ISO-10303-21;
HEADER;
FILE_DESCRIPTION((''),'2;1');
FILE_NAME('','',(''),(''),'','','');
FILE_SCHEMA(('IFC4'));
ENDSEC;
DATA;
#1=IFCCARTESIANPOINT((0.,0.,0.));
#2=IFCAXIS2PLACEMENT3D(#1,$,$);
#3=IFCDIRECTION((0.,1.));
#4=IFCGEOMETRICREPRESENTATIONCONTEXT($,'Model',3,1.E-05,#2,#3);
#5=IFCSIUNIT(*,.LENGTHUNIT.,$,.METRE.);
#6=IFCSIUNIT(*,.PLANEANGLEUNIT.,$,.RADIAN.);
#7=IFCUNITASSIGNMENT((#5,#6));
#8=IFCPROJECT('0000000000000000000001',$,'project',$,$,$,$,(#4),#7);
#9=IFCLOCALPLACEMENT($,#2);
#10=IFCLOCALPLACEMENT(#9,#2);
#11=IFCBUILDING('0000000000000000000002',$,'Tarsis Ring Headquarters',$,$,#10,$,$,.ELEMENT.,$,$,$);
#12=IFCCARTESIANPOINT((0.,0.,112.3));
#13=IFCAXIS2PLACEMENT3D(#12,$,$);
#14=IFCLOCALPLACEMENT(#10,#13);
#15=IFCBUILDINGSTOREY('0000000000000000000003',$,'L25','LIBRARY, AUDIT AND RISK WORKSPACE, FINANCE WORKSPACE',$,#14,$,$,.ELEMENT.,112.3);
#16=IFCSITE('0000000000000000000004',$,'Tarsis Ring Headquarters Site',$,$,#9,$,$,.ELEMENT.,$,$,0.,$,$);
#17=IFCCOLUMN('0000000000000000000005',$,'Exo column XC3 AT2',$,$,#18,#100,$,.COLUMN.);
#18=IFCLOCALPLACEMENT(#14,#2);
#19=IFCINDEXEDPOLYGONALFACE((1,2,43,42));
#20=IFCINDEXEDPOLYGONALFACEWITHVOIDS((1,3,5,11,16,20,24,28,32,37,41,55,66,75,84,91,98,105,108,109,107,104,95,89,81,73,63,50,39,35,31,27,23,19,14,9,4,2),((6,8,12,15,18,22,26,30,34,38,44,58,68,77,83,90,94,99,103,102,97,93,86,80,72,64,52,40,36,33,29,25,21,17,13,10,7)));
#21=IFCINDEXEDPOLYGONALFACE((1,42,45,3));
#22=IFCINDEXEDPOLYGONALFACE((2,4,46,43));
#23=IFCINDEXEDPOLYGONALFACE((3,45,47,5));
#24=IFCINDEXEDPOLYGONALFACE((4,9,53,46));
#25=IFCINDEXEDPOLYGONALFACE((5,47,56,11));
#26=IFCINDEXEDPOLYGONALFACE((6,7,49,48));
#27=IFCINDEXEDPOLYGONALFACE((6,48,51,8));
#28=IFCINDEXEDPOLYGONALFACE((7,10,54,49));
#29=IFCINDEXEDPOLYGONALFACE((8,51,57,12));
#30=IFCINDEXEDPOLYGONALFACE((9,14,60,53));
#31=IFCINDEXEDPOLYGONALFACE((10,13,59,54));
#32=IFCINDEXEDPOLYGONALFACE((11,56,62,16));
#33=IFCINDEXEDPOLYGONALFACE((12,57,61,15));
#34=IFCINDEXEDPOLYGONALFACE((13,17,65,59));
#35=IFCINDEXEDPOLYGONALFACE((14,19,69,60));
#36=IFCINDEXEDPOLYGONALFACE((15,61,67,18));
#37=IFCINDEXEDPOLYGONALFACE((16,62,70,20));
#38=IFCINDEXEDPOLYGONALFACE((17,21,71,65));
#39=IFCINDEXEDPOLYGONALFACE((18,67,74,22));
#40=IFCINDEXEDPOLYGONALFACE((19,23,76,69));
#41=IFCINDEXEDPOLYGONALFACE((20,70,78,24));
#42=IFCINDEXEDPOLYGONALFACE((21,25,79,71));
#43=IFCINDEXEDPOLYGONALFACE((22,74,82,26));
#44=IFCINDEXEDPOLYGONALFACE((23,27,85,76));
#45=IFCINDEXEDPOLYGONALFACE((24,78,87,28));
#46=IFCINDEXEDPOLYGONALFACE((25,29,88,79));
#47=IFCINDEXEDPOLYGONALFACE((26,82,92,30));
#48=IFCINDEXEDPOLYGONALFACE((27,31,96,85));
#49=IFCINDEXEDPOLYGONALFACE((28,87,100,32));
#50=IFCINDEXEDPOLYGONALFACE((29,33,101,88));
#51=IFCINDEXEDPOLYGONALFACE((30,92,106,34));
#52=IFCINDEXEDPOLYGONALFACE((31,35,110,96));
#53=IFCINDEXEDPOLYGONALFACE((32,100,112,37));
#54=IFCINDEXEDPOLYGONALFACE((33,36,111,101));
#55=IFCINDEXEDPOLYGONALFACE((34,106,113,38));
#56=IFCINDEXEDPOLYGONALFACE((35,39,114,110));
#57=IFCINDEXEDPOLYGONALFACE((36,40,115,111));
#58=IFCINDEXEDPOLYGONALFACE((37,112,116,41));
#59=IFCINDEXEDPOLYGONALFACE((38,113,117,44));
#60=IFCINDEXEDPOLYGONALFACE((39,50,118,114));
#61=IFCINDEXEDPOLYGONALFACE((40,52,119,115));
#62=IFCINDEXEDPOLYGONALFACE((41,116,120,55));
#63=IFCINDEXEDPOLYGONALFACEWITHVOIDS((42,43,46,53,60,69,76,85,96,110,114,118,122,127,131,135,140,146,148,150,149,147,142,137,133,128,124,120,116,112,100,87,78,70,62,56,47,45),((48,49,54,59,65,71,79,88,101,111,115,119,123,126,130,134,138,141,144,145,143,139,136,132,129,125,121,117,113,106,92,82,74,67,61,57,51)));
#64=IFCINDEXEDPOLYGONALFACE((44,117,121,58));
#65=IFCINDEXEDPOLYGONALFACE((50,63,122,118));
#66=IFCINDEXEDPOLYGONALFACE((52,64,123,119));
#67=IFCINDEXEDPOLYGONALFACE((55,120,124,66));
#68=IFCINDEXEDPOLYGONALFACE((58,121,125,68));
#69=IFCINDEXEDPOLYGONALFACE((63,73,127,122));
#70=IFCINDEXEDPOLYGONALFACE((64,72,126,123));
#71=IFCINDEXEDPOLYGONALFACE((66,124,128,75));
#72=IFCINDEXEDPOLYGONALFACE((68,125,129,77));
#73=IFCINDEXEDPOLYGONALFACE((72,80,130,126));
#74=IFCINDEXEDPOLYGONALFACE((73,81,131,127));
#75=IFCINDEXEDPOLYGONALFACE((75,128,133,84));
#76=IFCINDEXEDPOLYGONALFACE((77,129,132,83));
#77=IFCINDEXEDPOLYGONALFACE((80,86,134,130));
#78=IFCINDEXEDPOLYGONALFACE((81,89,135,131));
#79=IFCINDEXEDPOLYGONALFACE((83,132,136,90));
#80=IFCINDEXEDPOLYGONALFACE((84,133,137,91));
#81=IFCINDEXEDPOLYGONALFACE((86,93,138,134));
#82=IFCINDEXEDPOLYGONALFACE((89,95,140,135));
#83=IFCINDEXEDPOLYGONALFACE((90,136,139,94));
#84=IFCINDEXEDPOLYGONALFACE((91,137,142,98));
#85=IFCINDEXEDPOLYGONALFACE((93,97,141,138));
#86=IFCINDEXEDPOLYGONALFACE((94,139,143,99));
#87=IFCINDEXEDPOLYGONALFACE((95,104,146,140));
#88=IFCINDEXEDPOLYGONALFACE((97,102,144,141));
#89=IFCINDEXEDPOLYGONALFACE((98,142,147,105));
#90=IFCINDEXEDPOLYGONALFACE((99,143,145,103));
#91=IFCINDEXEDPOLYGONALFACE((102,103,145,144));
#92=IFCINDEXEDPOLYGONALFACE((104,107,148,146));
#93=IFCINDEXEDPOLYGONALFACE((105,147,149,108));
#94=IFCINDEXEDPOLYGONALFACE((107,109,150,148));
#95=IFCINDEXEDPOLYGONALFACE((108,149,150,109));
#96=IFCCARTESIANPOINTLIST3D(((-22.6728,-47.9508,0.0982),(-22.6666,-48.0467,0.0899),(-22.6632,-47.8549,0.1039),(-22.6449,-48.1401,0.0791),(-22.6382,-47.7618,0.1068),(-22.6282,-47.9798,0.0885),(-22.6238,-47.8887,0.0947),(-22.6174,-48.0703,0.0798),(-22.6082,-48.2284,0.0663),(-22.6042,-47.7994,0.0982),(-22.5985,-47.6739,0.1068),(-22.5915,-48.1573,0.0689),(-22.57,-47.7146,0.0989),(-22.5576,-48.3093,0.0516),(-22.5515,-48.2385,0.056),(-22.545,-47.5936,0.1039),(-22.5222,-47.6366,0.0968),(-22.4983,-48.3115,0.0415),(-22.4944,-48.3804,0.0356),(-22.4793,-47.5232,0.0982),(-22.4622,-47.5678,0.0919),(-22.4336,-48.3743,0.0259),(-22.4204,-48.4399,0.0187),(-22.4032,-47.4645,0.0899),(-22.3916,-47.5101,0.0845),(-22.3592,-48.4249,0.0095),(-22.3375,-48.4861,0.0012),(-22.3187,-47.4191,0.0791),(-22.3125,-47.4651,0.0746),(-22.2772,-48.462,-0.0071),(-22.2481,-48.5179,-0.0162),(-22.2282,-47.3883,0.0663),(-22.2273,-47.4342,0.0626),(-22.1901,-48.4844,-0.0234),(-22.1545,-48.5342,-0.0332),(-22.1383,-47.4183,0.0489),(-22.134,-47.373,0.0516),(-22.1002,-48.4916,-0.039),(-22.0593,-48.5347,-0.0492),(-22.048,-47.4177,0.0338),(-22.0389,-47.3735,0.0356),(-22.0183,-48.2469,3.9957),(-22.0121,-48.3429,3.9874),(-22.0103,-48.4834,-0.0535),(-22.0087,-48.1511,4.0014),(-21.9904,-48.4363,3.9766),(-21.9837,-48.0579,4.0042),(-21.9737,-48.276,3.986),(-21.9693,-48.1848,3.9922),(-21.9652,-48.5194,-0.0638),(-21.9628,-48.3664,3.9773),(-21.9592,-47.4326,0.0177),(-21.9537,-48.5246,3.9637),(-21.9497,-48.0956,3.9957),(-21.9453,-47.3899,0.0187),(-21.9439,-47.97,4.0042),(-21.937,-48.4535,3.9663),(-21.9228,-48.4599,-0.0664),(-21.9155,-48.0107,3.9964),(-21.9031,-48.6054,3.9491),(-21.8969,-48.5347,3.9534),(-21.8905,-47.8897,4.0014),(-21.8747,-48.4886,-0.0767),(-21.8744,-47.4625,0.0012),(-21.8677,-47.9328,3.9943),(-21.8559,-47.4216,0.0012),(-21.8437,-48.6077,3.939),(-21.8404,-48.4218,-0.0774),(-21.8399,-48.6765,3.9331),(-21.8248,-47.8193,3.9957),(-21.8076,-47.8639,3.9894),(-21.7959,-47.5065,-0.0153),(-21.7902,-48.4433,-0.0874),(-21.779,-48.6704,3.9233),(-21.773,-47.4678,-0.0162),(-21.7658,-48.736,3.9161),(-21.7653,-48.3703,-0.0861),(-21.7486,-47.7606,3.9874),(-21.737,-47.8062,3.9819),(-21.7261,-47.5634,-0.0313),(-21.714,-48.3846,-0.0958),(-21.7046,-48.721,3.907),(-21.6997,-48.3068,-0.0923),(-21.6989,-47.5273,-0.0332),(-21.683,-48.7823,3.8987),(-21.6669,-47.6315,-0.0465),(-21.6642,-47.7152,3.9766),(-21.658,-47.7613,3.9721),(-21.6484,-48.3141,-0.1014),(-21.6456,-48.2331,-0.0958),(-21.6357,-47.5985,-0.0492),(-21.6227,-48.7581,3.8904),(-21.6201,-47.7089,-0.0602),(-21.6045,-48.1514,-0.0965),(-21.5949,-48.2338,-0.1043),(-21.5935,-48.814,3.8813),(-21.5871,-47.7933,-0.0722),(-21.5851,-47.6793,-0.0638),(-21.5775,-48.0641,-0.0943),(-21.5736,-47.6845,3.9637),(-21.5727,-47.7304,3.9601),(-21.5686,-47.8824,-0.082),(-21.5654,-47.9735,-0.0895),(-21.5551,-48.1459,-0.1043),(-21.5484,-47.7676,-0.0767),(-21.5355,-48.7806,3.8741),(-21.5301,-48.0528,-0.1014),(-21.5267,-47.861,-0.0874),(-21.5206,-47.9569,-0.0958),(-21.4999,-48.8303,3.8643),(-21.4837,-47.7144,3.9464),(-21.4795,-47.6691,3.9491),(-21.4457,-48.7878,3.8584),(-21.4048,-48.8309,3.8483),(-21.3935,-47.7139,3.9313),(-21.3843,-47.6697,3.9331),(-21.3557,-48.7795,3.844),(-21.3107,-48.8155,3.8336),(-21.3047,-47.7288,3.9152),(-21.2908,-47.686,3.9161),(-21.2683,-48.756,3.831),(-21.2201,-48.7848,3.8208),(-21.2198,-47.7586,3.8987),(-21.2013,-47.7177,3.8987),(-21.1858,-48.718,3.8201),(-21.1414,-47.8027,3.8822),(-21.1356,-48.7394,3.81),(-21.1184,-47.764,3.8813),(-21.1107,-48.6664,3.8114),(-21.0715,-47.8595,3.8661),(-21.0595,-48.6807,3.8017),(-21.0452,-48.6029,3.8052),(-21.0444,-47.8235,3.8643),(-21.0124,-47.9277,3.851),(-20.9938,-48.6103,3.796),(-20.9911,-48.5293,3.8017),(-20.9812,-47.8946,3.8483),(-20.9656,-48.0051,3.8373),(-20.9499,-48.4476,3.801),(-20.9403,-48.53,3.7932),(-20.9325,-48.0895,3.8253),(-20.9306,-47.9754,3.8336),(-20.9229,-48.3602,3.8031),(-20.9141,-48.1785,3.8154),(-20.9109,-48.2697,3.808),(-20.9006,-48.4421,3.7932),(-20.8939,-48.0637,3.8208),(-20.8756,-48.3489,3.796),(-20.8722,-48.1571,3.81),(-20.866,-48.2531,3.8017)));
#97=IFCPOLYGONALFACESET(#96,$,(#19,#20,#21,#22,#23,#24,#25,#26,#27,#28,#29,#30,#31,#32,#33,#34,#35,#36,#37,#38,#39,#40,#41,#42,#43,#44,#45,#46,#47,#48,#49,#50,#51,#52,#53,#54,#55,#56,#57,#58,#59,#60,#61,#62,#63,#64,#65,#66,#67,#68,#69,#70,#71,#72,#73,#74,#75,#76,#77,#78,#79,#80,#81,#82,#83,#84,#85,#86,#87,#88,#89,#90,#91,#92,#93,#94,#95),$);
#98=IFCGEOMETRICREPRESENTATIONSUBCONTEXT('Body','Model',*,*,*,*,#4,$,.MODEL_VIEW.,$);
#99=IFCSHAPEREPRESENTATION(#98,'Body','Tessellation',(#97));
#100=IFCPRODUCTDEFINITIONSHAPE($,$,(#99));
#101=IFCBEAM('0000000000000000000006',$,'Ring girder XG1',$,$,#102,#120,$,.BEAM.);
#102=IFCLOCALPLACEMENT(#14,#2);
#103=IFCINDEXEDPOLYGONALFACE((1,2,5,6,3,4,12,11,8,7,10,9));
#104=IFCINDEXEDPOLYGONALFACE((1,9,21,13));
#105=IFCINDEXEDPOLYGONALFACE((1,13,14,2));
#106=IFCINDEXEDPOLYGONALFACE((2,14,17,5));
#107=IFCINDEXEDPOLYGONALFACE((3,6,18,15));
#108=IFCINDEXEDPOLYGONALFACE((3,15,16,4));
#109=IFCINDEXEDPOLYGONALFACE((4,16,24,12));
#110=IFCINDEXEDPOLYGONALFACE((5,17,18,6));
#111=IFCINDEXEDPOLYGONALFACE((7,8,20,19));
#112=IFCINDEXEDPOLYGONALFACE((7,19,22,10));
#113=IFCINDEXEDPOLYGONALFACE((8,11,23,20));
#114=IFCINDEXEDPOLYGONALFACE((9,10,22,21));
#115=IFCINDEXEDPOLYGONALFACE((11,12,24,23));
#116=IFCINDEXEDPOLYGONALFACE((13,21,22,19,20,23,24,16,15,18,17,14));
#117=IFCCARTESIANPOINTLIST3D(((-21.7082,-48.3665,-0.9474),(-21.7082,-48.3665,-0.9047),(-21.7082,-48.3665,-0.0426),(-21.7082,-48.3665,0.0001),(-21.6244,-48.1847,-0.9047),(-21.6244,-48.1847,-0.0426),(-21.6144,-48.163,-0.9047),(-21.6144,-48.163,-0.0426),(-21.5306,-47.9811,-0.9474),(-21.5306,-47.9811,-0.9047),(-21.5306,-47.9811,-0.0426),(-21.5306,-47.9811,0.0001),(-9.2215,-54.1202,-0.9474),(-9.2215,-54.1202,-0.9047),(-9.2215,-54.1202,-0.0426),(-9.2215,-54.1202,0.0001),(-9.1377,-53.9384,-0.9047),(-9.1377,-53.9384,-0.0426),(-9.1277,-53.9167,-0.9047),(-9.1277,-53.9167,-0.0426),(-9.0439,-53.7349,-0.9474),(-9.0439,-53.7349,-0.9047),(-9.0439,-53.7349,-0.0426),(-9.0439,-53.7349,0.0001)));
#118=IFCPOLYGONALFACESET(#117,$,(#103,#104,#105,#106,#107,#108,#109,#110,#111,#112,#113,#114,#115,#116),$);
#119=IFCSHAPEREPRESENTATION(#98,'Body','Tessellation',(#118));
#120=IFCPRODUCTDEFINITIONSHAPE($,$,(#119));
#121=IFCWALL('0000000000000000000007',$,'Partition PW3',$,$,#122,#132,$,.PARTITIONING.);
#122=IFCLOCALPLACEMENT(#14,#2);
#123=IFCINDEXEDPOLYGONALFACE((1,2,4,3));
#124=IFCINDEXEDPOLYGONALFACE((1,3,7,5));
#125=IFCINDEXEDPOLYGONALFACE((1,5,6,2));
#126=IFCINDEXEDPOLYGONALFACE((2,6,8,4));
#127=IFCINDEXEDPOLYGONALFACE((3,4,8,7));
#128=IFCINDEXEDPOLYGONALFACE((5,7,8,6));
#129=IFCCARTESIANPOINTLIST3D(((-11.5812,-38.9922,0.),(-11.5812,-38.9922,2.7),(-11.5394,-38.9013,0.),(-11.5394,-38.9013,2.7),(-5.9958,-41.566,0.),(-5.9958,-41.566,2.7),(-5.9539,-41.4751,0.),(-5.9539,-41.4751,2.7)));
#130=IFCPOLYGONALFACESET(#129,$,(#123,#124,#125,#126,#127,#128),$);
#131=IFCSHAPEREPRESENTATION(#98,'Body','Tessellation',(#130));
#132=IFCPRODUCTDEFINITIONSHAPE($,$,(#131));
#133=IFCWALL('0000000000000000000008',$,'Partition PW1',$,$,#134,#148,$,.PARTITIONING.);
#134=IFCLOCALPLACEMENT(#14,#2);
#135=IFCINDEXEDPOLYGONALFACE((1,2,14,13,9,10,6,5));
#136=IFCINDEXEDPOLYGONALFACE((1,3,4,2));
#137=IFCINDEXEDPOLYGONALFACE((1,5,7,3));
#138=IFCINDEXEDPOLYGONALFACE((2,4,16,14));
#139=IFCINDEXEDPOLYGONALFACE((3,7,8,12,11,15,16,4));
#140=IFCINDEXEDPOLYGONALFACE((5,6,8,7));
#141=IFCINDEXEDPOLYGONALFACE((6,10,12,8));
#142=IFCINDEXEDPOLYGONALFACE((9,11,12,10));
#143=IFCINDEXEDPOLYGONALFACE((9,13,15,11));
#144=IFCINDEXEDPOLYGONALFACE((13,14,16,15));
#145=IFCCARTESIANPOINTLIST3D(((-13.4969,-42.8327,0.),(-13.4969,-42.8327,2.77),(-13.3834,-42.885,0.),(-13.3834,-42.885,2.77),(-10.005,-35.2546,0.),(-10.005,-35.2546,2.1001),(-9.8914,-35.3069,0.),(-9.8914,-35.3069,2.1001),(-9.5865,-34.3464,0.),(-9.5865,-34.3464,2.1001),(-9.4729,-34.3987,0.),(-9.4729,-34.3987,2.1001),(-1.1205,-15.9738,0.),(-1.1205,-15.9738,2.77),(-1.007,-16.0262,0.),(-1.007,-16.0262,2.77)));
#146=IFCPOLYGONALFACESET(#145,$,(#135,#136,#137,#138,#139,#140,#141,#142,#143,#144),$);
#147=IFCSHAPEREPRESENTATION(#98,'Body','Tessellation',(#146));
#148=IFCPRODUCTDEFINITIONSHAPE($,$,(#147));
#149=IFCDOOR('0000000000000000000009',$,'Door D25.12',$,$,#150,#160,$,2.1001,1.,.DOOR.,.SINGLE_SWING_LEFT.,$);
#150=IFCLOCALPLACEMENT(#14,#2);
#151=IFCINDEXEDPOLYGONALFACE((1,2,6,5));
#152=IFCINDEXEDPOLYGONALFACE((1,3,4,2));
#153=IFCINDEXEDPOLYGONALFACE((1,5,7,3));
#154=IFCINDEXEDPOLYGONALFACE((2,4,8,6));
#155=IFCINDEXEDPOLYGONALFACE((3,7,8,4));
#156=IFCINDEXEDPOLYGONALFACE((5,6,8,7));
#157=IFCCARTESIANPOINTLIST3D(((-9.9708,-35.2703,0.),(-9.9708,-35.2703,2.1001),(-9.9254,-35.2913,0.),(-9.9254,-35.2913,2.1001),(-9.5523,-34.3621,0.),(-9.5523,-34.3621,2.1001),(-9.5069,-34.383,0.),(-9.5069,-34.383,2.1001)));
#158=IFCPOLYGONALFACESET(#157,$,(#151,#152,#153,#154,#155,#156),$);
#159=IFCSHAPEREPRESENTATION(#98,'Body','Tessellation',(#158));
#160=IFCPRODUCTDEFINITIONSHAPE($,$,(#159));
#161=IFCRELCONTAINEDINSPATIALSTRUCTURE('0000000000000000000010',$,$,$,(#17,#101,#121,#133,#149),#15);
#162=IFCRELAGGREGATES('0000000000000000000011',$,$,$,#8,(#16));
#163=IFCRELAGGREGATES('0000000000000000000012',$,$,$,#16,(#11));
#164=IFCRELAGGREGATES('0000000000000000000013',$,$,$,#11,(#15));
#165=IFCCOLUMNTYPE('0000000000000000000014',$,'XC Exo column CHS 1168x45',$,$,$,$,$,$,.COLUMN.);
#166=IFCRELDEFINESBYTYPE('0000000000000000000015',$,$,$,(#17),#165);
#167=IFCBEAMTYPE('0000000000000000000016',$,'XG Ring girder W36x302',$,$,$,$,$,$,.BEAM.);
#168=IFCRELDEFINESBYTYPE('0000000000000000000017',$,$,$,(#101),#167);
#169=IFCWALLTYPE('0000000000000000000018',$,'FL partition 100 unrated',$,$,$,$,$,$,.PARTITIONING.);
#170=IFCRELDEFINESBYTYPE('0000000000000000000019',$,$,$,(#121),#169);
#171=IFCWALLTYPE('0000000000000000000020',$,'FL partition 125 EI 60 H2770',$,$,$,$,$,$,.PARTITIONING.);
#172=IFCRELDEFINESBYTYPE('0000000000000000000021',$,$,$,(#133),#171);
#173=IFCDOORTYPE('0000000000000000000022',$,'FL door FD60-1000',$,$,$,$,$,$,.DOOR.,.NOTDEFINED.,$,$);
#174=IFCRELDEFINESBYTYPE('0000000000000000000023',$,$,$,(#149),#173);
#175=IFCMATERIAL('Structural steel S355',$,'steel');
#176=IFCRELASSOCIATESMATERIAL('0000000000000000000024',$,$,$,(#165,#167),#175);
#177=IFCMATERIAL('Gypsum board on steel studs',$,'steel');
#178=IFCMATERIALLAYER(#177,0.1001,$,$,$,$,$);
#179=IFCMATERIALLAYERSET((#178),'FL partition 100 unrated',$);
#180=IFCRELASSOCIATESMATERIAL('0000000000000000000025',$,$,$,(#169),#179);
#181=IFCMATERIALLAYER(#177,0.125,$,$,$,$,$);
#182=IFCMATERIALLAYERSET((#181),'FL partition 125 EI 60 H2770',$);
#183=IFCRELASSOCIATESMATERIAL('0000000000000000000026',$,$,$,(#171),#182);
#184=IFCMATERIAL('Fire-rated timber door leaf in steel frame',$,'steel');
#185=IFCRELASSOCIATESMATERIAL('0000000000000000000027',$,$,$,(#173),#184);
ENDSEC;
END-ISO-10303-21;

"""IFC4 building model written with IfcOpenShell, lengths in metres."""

from ifc_helpers import new_model, si_unit, direction, frame, frame_2d, origin, origin_2d, place, context, subcontext, project, spatial, rectangle, hollow_circle, i_section, extrude, material, layer, layer_set, material_profile, profile_set, type_object, element, fill, save


model = new_model("IFC4")

# Units and contexts
model_context = context("Model", 3, precision=1e-05, world=origin(), true_north=direction((0.0, 1.0)))
body_context = subcontext(model_context, "Body", "Model", "MODEL_VIEW")
ifc_project = project(units=[si_unit("LENGTHUNIT", "METRE"), si_unit("PLANEANGLEUNIT", "RADIAN")], contexts=[model_context])

# Site, building, storey
site_placement = place(None, origin())
site = spatial("IfcSite", under=ifc_project, at=site_placement, Name="Tarsis Ring Headquarters Site", CompositionType="ELEMENT", RefElevation=0.0)
building_placement = place(site_placement, origin())
building = spatial("IfcBuilding", under=site, at=building_placement, Name="Tarsis Ring Headquarters", CompositionType="ELEMENT")
storey_placement = place(building_placement, frame((0.0, 0.0, 112.3)))
storey = spatial("IfcBuildingStorey", under=building, at=storey_placement, Name="L25", Description="LIBRARY, AUDIT AND RISK WORKSPACE, FINANCE WORKSPACE", CompositionType="ELEMENT", Elevation=112.3)

# Column
ifc_material_1 = material(Name="Structural steel S355", Category="steel")
ifc_material_profile_1 = material_profile(ifc_material_1, hollow_circle(Radius=0.5842, WallThickness=0.0449, at=origin_2d()), Name="CHS 1168x45")
ifc_profile_set_1 = profile_set([ifc_material_profile_1], Name="Structural steel S355")
column_type = type_object("IfcColumnType", Name="XC Exo column CHS 1168x45", PredefinedType="COLUMN", material=ifc_profile_set_1)
column_placement = place(storey_placement, frame((-22.0967, -47.9539, 0.0012), z_axis=(0.165158, -0.074725, 0.983432), x_axis=(0.412215, 0.911087, 0.0)))
element("IfcColumn", 1, at=column_placement, inside=storey, type_object=column_type, Name="Exo column XC3 AT2", PredefinedType="COLUMN", context=body_context, shape_type="SweptSolid", body=[
    extrude(hollow_circle(Radius=0.5842, WallThickness=0.0449, at=origin_2d()), origin(), (0.0, 0.0, 1.0), 3.9631),
])

# Beam
ifc_material_profile_2 = material_profile(ifc_material_1, i_section(OverallWidth=0.4243, OverallDepth=0.9475, WebThickness=0.0239, FlangeThickness=0.0427, at=origin_2d()), Name="W36x302")
ifc_profile_set_2 = profile_set([ifc_material_profile_2], Name="Structural steel S355")
beam_type = type_object("IfcBeamType", Name="XG Ring girder W36x302", PredefinedType="BEAM", material=ifc_profile_set_2)
beam_placement = place(storey_placement, frame((-21.6194, -48.1738, -0.4736), z_axis=(0.908219, -0.418496, 0.0), x_axis=(0.418496, 0.908219, 0.0)))
element("IfcBeam", 2, at=beam_placement, inside=storey, type_object=beam_type, Name="Ring girder XG1", PredefinedType="BEAM", context=body_context, shape_type="SweptSolid", body=[
    extrude(i_section(OverallWidth=0.4243, OverallDepth=0.9475, WebThickness=0.0239, FlangeThickness=0.0427, at=origin_2d()), origin(), (0.0, 0.0, 1.0), 13.7485),
])

# Wall
ifc_material_2 = material(Name="Gypsum board on steel studs", Category="steel")
ifc_layer_1 = layer(ifc_material_2, 0.1001)
ifc_layer_set_1 = layer_set([ifc_layer_1], Name="FL partition 100 unrated")
wall_type_1 = type_object("IfcWallType", Name="FL partition 100 unrated", PredefinedType="PARTITIONING", material=ifc_layer_set_1)
wall_1_placement = place(storey_placement, frame((-11.5603, -38.9468, 0.0), z_axis=(0.0, 0.0, 1.0), x_axis=(0.908217, -0.418499, 0.0)))
element("IfcWall", 3, at=wall_1_placement, inside=storey, type_object=wall_type_1, Name="Partition PW3", PredefinedType="PARTITIONING", context=body_context, shape_type="SweptSolid", body=[
    extrude(rectangle(XDim=6.1499, YDim=0.1001, at=frame_2d((3.075, 0.0))), origin(), (0.0, 0.0, 1.0), 2.7),
])

# Wall, opening, door
ifc_layer_2 = layer(ifc_material_2, 0.125)
ifc_layer_set_2 = layer_set([ifc_layer_2], Name="FL partition 125 EI 60 H2770")
wall_type_2 = type_object("IfcWallType", Name="FL partition 125 EI 60 H2770", PredefinedType="PARTITIONING", material=ifc_layer_set_2)
wall_2_placement = place(storey_placement, frame((-13.4402, -42.8589, 0.0), z_axis=(0.0, 0.0, 1.0), x_axis=(0.418502, 0.908216, 0.0)))
wall_2 = element("IfcWall", 4, at=wall_2_placement, inside=storey, type_object=wall_type_2, Name="Partition PW1", PredefinedType="PARTITIONING", context=body_context, shape_type="SweptSolid", body=[
    extrude(rectangle(XDim=29.5732, YDim=0.125, at=frame_2d((14.7866, 0.0))), origin(), (0.0, 0.0, 1.0), 2.77),
])
opening_1_placement = place(wall_2_placement, frame((8.344, 0.0, 0.0)))
opening_1 = element("IfcOpeningElement", 5, at=opening_1_placement, cuts=wall_2, PredefinedType="OPENING", context=body_context, shape_type="SweptSolid", body=[
    extrude(rectangle(XDim=1.0, YDim=2.1001, at=frame_2d((0.5, 1.05))), frame((0.0, 0.0725, 0.0), z_axis=(0.0, -1.0, 0.0), x_axis=(1.0, 0.0, 0.0)), (0.0, 0.0, 1.0), 0.145),
])
ifc_material_3 = material(Name="Fire-rated timber door leaf in steel frame", Category="steel")
door_type = type_object("IfcDoorType", Name="FL door FD60-1000", OperationType="NOTDEFINED", PredefinedType="DOOR", material=ifc_material_3)
door_1_placement = place(opening_1_placement, origin())
door_1 = element("IfcDoor", 6, at=door_1_placement, inside=storey, type_object=door_type, Name="Door D25.12", OperationType="SINGLE_SWING_LEFT", OverallHeight=2.1001, OverallWidth=1.0, PredefinedType="DOOR", context=body_context, shape_type="SweptSolid", body=[
    extrude(rectangle(XDim=1.0, YDim=2.1001, at=frame_2d((0.5, 1.05))), frame((0.0, 0.0249, 0.0), z_axis=(0.0, -1.0, 0.0), x_axis=(1.0, 0.0, 0.0)), (0.0, 0.0, 1.0), 0.05),
])
fill(opening_1, door_1)

save(model, "model.ifc")
